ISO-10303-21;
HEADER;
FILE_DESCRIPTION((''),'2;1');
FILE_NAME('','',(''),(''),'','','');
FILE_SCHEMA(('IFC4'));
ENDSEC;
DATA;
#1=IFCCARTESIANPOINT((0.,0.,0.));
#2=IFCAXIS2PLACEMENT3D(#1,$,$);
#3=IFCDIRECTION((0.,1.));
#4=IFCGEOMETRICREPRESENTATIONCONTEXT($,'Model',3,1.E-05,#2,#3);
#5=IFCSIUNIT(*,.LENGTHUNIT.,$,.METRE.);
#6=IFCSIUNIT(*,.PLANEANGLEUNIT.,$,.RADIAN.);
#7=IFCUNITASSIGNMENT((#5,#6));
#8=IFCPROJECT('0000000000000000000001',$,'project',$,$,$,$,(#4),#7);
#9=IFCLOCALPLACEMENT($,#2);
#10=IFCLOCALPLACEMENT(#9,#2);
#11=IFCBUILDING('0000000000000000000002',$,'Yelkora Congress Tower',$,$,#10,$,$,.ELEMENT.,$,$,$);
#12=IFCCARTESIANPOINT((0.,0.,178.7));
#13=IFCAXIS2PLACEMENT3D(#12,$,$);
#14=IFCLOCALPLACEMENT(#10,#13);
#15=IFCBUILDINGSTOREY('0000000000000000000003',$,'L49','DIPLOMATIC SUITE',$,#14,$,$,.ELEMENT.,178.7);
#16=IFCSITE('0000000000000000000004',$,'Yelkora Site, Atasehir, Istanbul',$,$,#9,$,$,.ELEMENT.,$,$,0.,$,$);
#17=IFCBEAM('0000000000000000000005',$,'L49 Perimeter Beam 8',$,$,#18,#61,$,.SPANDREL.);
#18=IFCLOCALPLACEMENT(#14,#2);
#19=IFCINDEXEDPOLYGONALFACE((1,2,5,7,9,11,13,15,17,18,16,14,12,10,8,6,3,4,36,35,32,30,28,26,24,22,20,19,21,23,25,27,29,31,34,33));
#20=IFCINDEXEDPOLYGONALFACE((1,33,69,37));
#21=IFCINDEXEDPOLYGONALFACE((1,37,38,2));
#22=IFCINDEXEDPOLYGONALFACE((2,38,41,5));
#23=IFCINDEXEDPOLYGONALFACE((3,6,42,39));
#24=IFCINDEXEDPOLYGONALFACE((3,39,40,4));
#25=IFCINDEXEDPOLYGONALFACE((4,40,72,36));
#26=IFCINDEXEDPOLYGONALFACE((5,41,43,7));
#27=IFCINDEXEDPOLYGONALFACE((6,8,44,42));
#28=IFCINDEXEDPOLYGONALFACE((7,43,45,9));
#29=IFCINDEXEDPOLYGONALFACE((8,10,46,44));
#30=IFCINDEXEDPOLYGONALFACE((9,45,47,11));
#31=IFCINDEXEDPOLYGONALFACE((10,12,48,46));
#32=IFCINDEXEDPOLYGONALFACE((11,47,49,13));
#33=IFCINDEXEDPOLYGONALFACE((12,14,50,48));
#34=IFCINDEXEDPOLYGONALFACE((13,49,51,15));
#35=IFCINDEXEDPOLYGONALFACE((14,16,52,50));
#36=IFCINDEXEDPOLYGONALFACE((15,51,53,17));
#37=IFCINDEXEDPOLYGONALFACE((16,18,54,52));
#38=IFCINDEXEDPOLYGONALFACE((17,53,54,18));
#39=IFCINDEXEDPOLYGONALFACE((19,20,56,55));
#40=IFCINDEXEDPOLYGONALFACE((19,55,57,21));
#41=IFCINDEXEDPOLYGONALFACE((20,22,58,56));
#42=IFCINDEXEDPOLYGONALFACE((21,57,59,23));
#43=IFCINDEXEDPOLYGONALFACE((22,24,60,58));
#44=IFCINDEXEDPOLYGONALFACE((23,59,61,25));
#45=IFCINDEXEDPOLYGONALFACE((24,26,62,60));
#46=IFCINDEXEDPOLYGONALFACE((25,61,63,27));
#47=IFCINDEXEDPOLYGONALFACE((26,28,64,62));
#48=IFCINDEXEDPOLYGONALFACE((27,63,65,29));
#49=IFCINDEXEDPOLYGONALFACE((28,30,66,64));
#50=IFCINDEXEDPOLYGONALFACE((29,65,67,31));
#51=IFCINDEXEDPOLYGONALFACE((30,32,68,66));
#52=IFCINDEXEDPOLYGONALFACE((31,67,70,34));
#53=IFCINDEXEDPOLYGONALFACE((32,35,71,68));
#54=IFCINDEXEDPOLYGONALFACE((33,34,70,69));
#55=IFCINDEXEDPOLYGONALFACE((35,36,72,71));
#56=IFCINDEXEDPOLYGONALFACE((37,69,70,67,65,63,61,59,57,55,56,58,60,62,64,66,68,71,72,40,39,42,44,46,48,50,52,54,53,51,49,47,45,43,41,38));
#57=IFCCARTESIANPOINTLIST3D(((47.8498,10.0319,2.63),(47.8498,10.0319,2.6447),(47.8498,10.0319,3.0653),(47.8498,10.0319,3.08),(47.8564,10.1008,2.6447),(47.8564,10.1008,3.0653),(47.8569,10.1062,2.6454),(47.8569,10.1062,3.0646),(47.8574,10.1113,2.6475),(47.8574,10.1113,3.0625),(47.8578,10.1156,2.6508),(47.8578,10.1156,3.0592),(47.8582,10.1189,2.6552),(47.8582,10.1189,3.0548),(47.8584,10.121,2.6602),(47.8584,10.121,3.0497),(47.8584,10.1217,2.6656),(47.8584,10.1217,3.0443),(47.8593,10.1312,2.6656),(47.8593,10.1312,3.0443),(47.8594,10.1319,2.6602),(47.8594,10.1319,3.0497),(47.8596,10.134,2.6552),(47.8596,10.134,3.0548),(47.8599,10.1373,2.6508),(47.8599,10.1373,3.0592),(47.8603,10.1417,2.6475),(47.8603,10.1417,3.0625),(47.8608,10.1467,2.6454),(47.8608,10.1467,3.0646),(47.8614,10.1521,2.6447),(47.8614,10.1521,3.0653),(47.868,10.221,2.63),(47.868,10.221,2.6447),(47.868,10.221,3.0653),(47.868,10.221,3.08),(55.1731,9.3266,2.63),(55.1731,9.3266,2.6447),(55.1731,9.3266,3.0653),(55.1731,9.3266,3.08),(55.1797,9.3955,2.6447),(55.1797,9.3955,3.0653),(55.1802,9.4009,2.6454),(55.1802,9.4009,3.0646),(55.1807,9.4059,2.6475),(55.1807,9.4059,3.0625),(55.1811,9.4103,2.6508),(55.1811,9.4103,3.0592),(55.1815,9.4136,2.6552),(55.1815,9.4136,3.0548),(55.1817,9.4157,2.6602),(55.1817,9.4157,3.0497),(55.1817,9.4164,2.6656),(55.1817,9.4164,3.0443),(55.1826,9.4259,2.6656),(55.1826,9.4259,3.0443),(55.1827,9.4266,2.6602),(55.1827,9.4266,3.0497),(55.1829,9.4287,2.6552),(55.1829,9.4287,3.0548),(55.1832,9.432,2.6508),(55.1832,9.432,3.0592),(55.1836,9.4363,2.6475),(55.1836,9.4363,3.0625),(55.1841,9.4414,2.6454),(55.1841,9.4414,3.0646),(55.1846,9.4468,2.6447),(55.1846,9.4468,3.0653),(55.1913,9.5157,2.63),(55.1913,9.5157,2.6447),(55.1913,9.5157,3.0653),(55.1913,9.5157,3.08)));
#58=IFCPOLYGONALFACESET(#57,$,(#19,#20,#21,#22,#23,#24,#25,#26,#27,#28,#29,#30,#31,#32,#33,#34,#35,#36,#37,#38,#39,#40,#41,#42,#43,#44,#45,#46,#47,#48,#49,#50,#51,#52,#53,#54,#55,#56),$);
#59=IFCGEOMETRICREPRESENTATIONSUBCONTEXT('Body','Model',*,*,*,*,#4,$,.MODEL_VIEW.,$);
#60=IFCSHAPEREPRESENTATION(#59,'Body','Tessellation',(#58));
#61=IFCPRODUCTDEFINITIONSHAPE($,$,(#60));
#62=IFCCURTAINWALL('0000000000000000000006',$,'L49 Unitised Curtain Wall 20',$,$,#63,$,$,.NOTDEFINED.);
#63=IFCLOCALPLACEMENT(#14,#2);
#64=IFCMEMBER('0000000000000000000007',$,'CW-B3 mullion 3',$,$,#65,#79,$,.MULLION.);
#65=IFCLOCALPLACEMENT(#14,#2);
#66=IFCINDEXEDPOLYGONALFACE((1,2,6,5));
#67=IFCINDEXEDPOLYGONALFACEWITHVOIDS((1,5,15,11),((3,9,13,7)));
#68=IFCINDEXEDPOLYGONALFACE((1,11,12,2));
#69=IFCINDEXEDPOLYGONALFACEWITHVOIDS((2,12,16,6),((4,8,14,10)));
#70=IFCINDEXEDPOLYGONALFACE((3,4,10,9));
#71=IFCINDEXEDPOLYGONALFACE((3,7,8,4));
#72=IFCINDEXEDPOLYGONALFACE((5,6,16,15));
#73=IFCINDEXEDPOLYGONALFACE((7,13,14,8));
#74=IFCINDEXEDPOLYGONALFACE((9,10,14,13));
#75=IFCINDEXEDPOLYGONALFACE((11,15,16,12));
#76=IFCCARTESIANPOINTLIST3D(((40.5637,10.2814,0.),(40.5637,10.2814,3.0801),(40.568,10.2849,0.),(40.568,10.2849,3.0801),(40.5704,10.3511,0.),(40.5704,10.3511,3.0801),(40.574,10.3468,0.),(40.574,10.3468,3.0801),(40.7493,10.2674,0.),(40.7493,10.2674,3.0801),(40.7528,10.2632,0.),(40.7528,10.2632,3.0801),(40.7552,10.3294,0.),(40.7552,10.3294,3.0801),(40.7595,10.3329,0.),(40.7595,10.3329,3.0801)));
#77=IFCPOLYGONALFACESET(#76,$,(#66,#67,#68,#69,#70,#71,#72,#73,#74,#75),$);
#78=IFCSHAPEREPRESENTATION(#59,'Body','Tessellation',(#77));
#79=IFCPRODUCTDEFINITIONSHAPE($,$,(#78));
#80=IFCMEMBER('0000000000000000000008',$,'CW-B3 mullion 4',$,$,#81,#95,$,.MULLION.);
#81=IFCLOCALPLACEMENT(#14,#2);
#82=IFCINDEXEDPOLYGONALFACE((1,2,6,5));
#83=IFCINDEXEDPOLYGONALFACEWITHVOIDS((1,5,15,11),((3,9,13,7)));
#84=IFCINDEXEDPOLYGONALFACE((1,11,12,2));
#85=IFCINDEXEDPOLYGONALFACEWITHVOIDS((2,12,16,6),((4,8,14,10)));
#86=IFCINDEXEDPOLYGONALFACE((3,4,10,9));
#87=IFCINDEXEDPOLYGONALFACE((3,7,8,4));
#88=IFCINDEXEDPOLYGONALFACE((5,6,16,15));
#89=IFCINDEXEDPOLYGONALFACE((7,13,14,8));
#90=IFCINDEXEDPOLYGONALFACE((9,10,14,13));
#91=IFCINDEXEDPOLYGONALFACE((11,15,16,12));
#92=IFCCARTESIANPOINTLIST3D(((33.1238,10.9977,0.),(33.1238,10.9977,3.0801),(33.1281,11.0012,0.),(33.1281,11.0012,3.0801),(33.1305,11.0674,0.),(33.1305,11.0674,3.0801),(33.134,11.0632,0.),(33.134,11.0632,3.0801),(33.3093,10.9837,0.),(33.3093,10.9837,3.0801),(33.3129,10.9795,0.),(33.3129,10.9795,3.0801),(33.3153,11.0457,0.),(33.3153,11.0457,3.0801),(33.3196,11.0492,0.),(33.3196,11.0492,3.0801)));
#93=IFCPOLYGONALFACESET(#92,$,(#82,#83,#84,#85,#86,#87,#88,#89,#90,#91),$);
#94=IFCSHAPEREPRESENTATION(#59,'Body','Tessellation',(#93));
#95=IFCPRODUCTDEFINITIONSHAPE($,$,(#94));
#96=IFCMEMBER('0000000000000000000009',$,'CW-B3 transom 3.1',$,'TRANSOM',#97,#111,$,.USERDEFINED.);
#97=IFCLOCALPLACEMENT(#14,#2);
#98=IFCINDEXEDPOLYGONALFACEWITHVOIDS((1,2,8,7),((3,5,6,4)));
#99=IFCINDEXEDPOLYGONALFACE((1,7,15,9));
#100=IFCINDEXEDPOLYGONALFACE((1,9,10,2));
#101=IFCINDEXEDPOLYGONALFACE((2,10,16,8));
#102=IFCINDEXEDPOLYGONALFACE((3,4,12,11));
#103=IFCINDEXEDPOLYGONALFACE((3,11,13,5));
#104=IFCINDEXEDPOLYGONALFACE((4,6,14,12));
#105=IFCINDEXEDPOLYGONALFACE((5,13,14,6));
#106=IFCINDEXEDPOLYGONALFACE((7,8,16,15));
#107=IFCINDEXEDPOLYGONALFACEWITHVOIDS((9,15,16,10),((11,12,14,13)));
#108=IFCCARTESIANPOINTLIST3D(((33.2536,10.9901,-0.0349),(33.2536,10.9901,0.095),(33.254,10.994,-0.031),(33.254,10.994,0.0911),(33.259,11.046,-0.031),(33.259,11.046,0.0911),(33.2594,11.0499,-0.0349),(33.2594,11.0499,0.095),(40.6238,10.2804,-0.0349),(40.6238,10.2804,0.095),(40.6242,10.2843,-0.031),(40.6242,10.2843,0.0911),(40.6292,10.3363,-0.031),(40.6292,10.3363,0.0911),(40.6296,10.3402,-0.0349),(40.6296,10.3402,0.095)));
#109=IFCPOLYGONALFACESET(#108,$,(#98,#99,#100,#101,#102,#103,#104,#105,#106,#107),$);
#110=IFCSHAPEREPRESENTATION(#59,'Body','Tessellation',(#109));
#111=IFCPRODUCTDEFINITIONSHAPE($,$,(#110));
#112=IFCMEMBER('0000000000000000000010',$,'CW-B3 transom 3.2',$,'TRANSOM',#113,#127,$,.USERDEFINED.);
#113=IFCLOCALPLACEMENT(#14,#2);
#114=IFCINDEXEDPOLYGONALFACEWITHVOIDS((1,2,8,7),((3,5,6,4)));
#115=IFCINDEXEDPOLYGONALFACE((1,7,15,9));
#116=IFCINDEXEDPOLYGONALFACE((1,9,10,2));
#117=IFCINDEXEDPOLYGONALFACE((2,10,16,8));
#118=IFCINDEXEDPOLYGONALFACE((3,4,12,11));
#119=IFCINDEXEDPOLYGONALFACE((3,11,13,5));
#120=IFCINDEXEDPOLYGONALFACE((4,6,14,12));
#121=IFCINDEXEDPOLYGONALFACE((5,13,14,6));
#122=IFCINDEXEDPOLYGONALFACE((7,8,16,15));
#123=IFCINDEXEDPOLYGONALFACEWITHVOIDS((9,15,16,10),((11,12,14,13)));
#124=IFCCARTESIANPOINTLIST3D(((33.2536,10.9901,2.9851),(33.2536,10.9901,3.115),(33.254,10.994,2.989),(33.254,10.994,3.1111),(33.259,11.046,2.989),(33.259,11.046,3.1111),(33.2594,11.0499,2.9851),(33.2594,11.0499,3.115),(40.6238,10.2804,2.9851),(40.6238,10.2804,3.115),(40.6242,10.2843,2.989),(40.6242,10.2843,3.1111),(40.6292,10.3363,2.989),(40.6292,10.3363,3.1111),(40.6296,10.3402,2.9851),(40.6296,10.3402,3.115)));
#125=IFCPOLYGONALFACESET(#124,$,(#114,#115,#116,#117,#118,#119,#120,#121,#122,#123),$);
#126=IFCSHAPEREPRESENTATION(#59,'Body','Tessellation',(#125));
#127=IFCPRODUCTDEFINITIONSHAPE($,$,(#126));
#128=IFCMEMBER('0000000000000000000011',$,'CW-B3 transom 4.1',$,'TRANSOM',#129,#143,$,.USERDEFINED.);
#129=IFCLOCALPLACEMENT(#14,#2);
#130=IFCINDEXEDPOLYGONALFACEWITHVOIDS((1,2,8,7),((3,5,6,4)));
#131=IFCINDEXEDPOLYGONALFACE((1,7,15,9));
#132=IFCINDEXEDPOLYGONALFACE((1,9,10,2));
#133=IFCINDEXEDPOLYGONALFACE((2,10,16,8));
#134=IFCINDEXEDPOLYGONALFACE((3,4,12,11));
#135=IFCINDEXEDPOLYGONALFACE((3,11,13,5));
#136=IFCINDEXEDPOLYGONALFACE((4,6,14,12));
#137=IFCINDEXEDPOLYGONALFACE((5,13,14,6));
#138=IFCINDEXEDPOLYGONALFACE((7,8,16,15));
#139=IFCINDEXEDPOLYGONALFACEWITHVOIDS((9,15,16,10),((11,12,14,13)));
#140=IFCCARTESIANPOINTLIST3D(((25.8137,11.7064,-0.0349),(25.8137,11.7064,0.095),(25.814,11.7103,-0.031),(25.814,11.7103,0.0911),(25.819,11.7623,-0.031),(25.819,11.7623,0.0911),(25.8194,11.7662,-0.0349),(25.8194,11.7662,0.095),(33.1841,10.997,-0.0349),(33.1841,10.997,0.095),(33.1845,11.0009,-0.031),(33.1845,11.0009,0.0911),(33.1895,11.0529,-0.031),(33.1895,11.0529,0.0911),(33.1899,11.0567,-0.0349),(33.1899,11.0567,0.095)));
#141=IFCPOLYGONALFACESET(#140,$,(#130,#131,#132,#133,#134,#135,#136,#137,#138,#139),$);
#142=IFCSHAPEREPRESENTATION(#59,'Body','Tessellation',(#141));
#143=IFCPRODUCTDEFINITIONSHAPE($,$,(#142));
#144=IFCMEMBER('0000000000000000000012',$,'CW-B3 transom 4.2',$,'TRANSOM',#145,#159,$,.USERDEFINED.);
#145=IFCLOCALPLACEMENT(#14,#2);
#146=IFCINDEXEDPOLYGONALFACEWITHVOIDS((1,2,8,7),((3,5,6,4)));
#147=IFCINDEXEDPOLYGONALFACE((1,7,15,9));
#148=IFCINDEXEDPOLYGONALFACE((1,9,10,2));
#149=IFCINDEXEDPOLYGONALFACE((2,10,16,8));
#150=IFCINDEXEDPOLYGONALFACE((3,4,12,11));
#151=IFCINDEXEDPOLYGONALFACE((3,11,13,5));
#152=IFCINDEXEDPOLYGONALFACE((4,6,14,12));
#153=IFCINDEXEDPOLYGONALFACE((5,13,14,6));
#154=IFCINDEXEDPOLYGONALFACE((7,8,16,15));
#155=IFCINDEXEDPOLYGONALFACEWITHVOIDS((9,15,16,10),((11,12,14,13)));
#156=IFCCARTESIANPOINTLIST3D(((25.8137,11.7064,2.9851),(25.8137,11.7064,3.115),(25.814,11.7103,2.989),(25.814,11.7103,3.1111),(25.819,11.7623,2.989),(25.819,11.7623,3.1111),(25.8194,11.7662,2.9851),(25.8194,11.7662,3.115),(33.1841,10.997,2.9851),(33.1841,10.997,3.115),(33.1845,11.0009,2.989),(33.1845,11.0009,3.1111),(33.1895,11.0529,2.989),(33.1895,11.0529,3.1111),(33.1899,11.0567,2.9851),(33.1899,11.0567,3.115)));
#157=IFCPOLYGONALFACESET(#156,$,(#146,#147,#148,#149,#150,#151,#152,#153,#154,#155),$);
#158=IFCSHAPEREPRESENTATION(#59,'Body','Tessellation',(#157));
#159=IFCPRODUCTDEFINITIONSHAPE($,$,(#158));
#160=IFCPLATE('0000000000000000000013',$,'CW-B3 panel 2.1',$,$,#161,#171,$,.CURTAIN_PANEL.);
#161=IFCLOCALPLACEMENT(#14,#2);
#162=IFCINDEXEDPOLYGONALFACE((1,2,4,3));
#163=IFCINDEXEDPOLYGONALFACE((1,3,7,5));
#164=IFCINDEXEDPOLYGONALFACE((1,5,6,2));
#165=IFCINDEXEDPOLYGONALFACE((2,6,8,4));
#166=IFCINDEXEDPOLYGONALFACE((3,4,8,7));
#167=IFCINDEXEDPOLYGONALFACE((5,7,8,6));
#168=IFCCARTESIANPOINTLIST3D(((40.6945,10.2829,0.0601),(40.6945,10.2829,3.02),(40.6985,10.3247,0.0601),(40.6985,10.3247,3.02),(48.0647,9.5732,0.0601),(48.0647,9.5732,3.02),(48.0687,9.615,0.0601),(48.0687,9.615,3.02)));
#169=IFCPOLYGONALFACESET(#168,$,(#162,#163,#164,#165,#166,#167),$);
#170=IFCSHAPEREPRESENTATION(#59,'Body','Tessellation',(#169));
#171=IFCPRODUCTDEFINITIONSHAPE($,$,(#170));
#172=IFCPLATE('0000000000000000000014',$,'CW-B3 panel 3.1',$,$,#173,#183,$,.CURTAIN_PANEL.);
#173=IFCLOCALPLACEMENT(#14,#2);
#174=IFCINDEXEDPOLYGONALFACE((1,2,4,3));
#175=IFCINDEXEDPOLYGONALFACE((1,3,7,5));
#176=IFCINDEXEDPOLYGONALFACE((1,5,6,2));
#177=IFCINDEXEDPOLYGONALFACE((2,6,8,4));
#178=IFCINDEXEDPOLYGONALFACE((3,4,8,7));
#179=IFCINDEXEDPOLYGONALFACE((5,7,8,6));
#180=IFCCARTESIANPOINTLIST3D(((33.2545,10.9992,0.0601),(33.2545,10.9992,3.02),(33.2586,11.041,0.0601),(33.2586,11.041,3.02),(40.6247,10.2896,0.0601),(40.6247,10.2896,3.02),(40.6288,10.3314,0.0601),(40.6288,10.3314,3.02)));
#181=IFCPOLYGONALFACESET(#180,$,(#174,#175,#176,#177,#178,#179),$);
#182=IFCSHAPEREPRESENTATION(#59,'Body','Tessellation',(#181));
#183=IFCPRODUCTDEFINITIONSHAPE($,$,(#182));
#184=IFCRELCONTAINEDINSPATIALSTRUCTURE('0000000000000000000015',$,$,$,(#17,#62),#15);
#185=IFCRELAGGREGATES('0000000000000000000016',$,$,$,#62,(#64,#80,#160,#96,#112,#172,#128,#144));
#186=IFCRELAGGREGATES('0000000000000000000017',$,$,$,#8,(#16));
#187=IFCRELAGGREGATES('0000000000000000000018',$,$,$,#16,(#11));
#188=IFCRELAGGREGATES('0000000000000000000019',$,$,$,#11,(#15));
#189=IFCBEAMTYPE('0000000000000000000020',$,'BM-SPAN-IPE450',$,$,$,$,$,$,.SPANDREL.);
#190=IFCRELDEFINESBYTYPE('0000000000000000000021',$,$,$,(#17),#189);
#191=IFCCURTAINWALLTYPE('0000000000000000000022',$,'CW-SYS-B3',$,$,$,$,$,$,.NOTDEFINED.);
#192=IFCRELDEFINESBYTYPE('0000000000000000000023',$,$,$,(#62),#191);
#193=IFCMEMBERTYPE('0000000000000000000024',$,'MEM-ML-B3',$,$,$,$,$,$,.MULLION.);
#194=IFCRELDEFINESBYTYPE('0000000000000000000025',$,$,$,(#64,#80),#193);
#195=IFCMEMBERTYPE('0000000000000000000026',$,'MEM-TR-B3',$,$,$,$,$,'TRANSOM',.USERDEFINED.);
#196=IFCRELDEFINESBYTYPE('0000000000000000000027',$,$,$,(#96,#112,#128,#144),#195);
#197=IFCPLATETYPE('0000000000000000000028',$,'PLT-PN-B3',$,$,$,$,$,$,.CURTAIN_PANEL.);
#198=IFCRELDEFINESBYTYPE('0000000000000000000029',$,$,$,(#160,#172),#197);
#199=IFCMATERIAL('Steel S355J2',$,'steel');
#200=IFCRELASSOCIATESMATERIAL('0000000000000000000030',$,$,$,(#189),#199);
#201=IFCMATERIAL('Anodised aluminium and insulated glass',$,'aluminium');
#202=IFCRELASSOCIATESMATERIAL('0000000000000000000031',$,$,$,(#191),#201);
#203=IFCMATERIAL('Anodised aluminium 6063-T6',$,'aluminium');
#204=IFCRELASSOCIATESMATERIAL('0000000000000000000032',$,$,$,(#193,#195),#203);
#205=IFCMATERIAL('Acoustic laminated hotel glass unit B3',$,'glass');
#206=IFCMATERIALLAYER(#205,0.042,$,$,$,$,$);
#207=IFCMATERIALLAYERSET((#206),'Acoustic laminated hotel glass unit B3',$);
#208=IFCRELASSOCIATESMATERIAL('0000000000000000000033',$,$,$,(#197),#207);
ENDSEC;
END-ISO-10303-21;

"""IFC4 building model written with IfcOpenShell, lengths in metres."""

from ifc_helpers import new_model, si_unit, direction, frame, origin, origin_2d, place, context, subcontext, project, spatial, rectangle, hollow_rectangle, i_section, extrude, material, layer, layer_set, material_profile, profile_set, type_object, element, aggregate, save


model = new_model("IFC4")

# Units and contexts
model_context = context("Model", 3, precision=1e-05, world=origin(), true_north=direction((0.0, 1.0)))
body_context = subcontext(model_context, "Body", "Model", "MODEL_VIEW")
ifc_project = project(units=[si_unit("LENGTHUNIT", "METRE"), si_unit("PLANEANGLEUNIT", "RADIAN")], contexts=[model_context])

# Site, building, storey
site_placement = place(None, origin())
site = spatial("IfcSite", under=ifc_project, at=site_placement, Name="Yelkora Site, Atasehir, Istanbul", CompositionType="ELEMENT", RefElevation=0.0)
building_placement = place(site_placement, origin())
building = spatial("IfcBuilding", under=site, at=building_placement, Name="Yelkora Congress Tower", CompositionType="ELEMENT")
storey_placement = place(building_placement, frame((0.0, 0.0, 178.7)))
storey = spatial("IfcBuildingStorey", under=building, at=storey_placement, Name="L49", Description="DIPLOMATIC SUITE", CompositionType="ELEMENT", Elevation=178.7)

# Beam
ifc_material_1 = material(Name="Steel S355J2", Category="steel")
ifc_material_profile_1 = material_profile(ifc_material_1, i_section(OverallWidth=0.1899, OverallDepth=0.45, WebThickness=0.0095, FlangeThickness=0.0146, FilletRadius=0.021, at=origin_2d()), Name="IPE 450")
ifc_profile_set_1 = profile_set([ifc_material_profile_1], Name="Steel S355J2")
beam_type_1 = type_object("IfcBeamType", Name="BM-SPAN-IPE450", PredefinedType="SPANDREL", material=ifc_profile_set_1)
for number, where, z_axis, x_axis, name in (
    (1, (47.8589, 10.1265, 2.855), (0.995394, -0.095869, 0.0), (0.095869, 0.995394, 0.0), "L49 Perimeter Beam 8"),
):
    element("IfcBeam", number, at=place(storey_placement, frame(where, z_axis=z_axis, x_axis=x_axis)), inside=storey, type_object=beam_type_1, Name=name, PredefinedType="SPANDREL", context=body_context, shape_type="SweptSolid", body=[
        extrude(i_section(OverallWidth=0.1899, OverallDepth=0.45, WebThickness=0.0095, FlangeThickness=0.0146, FilletRadius=0.021, at=origin_2d()), origin(), (0.0, 0.0, 1.0), 7.3572),
    ])

# Curtain wall, members, plates
ifc_material_2 = material(Name="Anodised aluminium and insulated glass", Category="aluminium")
curtain_wall_type = type_object("IfcCurtainWallType", Name="CW-SYS-B3", PredefinedType="NOTDEFINED", material=ifc_material_2)
curtain_wall_placement = place(storey_placement, origin())
curtain_wall = element("IfcCurtainWall", 2, at=curtain_wall_placement, inside=storey, type_object=curtain_wall_type, Name="L49 Unitised Curtain Wall 20", PredefinedType="NOTDEFINED")
ifc_material_3 = material(Name="Anodised aluminium 6063-T6", Category="aluminium")
ifc_material_profile_2 = material_profile(ifc_material_3, hollow_rectangle(XDim=0.0701, YDim=0.1899, WallThickness=0.0039, at=origin_2d()), Name="ALU 70x190x4")
ifc_profile_set_2 = profile_set([ifc_material_profile_2], Name="Anodised aluminium 6063-T6")
member_type_1 = type_object("IfcMemberType", Name="MEM-ML-B3", PredefinedType="MULLION", material=ifc_profile_set_2)
member_1_placement = place(storey_placement, frame((40.6616, 10.3071, 0.0), z_axis=(0.0, 0.0, 1.0), x_axis=(-0.095845, -0.995396, 0.0)))
member_1 = element("IfcMember", 3, at=member_1_placement, type_object=member_type_1, Name="CW-B3 mullion 3", PredefinedType="MULLION", context=body_context, shape_type="SweptSolid", body=[
    extrude(hollow_rectangle(XDim=0.0701, YDim=0.1899, WallThickness=0.0039, at=origin_2d()), origin(), (0.0, 0.0, 1.0), 3.0801),
])
member_2_placement = place(storey_placement, frame((33.2217, 11.0234, 0.0), z_axis=(0.0, 0.0, 1.0), x_axis=(-0.095845, -0.995396, 0.0)))
member_2 = element("IfcMember", 4, at=member_2_placement, type_object=member_type_1, Name="CW-B3 mullion 4", PredefinedType="MULLION", context=body_context, shape_type="SweptSolid", body=[
    extrude(hollow_rectangle(XDim=0.0701, YDim=0.1899, WallThickness=0.0039, at=origin_2d()), origin(), (0.0, 0.0, 1.0), 3.0801),
])
ifc_material_profile_3 = material_profile(ifc_material_3, hollow_rectangle(XDim=0.0601, YDim=0.1299, WallThickness=0.0039, at=origin_2d()), Name="ALU 60x130x4")
ifc_profile_set_3 = profile_set([ifc_material_profile_3], Name="Anodised aluminium 6063-T6")
member_type_2 = type_object("IfcMemberType", Name="MEM-TR-B3", ElementType="TRANSOM", PredefinedType="USERDEFINED", material=ifc_profile_set_3)
member_3_placement = place(storey_placement, frame((40.6267, 10.3103, 0.03), z_axis=(-0.995395, 0.095853, 0.0), x_axis=(-0.095853, -0.995395, 0.0)))
member_3 = element("IfcMember", 5, at=member_3_placement, type_object=member_type_2, Name="CW-B3 transom 3.1", ObjectType="TRANSOM", PredefinedType="USERDEFINED", context=body_context, shape_type="SweptSolid", body=[
    extrude(hollow_rectangle(XDim=0.0601, YDim=0.1299, WallThickness=0.0039, at=origin_2d()), origin(), (0.0, 0.0, 1.0), 7.4043),
])
member_4_placement = place(storey_placement, frame((40.6267, 10.3103, 3.05), z_axis=(-0.995395, 0.095853, 0.0), x_axis=(-0.095853, -0.995395, 0.0)))
member_4 = element("IfcMember", 6, at=member_4_placement, type_object=member_type_2, Name="CW-B3 transom 3.2", ObjectType="TRANSOM", PredefinedType="USERDEFINED", context=body_context, shape_type="SweptSolid", body=[
    extrude(hollow_rectangle(XDim=0.0601, YDim=0.1299, WallThickness=0.0039, at=origin_2d()), origin(), (0.0, 0.0, 1.0), 7.4043),
])
member_5_placement = place(storey_placement, frame((33.187, 11.0269, 0.03), z_axis=(-0.995399, 0.095817, 0.0), x_axis=(-0.095817, -0.995399, 0.0)))
member_5 = element("IfcMember", 7, at=member_5_placement, type_object=member_type_2, Name="CW-B3 transom 4.1", ObjectType="TRANSOM", PredefinedType="USERDEFINED", context=body_context, shape_type="SweptSolid", body=[
    extrude(hollow_rectangle(XDim=0.0601, YDim=0.1299, WallThickness=0.0039, at=origin_2d()), origin(), (0.0, 0.0, 1.0), 7.4045),
])
member_6_placement = place(storey_placement, frame((33.187, 11.0269, 3.05), z_axis=(-0.995399, 0.095817, 0.0), x_axis=(-0.095817, -0.995399, 0.0)))
member_6 = element("IfcMember", 8, at=member_6_placement, type_object=member_type_2, Name="CW-B3 transom 4.2", ObjectType="TRANSOM", PredefinedType="USERDEFINED", context=body_context, shape_type="SweptSolid", body=[
    extrude(hollow_rectangle(XDim=0.0601, YDim=0.1299, WallThickness=0.0039, at=origin_2d()), origin(), (0.0, 0.0, 1.0), 7.4045),
])
ifc_material_4 = material(Name="Acoustic laminated hotel glass unit B3", Category="glass")
ifc_layer_1 = layer(ifc_material_4, 0.042)
ifc_layer_set_1 = layer_set([ifc_layer_1], Name="Acoustic laminated hotel glass unit B3")
plate_type = type_object("IfcPlateType", Name="PLT-PN-B3", PredefinedType="CURTAIN_PANEL", material=ifc_layer_set_1)
plate_1_placement = place(storey_placement, frame((44.3816, 9.949, 0.0601), z_axis=(0.0, 0.0, 1.0), x_axis=(-0.995396, 0.095845, 0.0)))
plate_1 = element("IfcPlate", 9, at=plate_1_placement, type_object=plate_type, Name="CW-B3 panel 2.1", PredefinedType="CURTAIN_PANEL", context=body_context, shape_type="SweptSolid", body=[
    extrude(rectangle(XDim=7.4043, YDim=0.042, at=origin_2d()), origin(), (0.0, 0.0, 1.0), 2.96),
])
plate_2_placement = place(storey_placement, frame((36.9417, 10.6653, 0.0601), z_axis=(0.0, 0.0, 1.0), x_axis=(-0.995396, 0.095845, 0.0)))
plate_2 = element("IfcPlate", 10, at=plate_2_placement, type_object=plate_type, Name="CW-B3 panel 3.1", PredefinedType="CURTAIN_PANEL", context=body_context, shape_type="SweptSolid", body=[
    extrude(rectangle(XDim=7.4043, YDim=0.042, at=origin_2d()), origin(), (0.0, 0.0, 1.0), 2.96),
])
aggregate(curtain_wall, [member_1, member_2, plate_1, member_3, member_4, plate_2, member_5, member_6])

save(model, "model.ifc")
